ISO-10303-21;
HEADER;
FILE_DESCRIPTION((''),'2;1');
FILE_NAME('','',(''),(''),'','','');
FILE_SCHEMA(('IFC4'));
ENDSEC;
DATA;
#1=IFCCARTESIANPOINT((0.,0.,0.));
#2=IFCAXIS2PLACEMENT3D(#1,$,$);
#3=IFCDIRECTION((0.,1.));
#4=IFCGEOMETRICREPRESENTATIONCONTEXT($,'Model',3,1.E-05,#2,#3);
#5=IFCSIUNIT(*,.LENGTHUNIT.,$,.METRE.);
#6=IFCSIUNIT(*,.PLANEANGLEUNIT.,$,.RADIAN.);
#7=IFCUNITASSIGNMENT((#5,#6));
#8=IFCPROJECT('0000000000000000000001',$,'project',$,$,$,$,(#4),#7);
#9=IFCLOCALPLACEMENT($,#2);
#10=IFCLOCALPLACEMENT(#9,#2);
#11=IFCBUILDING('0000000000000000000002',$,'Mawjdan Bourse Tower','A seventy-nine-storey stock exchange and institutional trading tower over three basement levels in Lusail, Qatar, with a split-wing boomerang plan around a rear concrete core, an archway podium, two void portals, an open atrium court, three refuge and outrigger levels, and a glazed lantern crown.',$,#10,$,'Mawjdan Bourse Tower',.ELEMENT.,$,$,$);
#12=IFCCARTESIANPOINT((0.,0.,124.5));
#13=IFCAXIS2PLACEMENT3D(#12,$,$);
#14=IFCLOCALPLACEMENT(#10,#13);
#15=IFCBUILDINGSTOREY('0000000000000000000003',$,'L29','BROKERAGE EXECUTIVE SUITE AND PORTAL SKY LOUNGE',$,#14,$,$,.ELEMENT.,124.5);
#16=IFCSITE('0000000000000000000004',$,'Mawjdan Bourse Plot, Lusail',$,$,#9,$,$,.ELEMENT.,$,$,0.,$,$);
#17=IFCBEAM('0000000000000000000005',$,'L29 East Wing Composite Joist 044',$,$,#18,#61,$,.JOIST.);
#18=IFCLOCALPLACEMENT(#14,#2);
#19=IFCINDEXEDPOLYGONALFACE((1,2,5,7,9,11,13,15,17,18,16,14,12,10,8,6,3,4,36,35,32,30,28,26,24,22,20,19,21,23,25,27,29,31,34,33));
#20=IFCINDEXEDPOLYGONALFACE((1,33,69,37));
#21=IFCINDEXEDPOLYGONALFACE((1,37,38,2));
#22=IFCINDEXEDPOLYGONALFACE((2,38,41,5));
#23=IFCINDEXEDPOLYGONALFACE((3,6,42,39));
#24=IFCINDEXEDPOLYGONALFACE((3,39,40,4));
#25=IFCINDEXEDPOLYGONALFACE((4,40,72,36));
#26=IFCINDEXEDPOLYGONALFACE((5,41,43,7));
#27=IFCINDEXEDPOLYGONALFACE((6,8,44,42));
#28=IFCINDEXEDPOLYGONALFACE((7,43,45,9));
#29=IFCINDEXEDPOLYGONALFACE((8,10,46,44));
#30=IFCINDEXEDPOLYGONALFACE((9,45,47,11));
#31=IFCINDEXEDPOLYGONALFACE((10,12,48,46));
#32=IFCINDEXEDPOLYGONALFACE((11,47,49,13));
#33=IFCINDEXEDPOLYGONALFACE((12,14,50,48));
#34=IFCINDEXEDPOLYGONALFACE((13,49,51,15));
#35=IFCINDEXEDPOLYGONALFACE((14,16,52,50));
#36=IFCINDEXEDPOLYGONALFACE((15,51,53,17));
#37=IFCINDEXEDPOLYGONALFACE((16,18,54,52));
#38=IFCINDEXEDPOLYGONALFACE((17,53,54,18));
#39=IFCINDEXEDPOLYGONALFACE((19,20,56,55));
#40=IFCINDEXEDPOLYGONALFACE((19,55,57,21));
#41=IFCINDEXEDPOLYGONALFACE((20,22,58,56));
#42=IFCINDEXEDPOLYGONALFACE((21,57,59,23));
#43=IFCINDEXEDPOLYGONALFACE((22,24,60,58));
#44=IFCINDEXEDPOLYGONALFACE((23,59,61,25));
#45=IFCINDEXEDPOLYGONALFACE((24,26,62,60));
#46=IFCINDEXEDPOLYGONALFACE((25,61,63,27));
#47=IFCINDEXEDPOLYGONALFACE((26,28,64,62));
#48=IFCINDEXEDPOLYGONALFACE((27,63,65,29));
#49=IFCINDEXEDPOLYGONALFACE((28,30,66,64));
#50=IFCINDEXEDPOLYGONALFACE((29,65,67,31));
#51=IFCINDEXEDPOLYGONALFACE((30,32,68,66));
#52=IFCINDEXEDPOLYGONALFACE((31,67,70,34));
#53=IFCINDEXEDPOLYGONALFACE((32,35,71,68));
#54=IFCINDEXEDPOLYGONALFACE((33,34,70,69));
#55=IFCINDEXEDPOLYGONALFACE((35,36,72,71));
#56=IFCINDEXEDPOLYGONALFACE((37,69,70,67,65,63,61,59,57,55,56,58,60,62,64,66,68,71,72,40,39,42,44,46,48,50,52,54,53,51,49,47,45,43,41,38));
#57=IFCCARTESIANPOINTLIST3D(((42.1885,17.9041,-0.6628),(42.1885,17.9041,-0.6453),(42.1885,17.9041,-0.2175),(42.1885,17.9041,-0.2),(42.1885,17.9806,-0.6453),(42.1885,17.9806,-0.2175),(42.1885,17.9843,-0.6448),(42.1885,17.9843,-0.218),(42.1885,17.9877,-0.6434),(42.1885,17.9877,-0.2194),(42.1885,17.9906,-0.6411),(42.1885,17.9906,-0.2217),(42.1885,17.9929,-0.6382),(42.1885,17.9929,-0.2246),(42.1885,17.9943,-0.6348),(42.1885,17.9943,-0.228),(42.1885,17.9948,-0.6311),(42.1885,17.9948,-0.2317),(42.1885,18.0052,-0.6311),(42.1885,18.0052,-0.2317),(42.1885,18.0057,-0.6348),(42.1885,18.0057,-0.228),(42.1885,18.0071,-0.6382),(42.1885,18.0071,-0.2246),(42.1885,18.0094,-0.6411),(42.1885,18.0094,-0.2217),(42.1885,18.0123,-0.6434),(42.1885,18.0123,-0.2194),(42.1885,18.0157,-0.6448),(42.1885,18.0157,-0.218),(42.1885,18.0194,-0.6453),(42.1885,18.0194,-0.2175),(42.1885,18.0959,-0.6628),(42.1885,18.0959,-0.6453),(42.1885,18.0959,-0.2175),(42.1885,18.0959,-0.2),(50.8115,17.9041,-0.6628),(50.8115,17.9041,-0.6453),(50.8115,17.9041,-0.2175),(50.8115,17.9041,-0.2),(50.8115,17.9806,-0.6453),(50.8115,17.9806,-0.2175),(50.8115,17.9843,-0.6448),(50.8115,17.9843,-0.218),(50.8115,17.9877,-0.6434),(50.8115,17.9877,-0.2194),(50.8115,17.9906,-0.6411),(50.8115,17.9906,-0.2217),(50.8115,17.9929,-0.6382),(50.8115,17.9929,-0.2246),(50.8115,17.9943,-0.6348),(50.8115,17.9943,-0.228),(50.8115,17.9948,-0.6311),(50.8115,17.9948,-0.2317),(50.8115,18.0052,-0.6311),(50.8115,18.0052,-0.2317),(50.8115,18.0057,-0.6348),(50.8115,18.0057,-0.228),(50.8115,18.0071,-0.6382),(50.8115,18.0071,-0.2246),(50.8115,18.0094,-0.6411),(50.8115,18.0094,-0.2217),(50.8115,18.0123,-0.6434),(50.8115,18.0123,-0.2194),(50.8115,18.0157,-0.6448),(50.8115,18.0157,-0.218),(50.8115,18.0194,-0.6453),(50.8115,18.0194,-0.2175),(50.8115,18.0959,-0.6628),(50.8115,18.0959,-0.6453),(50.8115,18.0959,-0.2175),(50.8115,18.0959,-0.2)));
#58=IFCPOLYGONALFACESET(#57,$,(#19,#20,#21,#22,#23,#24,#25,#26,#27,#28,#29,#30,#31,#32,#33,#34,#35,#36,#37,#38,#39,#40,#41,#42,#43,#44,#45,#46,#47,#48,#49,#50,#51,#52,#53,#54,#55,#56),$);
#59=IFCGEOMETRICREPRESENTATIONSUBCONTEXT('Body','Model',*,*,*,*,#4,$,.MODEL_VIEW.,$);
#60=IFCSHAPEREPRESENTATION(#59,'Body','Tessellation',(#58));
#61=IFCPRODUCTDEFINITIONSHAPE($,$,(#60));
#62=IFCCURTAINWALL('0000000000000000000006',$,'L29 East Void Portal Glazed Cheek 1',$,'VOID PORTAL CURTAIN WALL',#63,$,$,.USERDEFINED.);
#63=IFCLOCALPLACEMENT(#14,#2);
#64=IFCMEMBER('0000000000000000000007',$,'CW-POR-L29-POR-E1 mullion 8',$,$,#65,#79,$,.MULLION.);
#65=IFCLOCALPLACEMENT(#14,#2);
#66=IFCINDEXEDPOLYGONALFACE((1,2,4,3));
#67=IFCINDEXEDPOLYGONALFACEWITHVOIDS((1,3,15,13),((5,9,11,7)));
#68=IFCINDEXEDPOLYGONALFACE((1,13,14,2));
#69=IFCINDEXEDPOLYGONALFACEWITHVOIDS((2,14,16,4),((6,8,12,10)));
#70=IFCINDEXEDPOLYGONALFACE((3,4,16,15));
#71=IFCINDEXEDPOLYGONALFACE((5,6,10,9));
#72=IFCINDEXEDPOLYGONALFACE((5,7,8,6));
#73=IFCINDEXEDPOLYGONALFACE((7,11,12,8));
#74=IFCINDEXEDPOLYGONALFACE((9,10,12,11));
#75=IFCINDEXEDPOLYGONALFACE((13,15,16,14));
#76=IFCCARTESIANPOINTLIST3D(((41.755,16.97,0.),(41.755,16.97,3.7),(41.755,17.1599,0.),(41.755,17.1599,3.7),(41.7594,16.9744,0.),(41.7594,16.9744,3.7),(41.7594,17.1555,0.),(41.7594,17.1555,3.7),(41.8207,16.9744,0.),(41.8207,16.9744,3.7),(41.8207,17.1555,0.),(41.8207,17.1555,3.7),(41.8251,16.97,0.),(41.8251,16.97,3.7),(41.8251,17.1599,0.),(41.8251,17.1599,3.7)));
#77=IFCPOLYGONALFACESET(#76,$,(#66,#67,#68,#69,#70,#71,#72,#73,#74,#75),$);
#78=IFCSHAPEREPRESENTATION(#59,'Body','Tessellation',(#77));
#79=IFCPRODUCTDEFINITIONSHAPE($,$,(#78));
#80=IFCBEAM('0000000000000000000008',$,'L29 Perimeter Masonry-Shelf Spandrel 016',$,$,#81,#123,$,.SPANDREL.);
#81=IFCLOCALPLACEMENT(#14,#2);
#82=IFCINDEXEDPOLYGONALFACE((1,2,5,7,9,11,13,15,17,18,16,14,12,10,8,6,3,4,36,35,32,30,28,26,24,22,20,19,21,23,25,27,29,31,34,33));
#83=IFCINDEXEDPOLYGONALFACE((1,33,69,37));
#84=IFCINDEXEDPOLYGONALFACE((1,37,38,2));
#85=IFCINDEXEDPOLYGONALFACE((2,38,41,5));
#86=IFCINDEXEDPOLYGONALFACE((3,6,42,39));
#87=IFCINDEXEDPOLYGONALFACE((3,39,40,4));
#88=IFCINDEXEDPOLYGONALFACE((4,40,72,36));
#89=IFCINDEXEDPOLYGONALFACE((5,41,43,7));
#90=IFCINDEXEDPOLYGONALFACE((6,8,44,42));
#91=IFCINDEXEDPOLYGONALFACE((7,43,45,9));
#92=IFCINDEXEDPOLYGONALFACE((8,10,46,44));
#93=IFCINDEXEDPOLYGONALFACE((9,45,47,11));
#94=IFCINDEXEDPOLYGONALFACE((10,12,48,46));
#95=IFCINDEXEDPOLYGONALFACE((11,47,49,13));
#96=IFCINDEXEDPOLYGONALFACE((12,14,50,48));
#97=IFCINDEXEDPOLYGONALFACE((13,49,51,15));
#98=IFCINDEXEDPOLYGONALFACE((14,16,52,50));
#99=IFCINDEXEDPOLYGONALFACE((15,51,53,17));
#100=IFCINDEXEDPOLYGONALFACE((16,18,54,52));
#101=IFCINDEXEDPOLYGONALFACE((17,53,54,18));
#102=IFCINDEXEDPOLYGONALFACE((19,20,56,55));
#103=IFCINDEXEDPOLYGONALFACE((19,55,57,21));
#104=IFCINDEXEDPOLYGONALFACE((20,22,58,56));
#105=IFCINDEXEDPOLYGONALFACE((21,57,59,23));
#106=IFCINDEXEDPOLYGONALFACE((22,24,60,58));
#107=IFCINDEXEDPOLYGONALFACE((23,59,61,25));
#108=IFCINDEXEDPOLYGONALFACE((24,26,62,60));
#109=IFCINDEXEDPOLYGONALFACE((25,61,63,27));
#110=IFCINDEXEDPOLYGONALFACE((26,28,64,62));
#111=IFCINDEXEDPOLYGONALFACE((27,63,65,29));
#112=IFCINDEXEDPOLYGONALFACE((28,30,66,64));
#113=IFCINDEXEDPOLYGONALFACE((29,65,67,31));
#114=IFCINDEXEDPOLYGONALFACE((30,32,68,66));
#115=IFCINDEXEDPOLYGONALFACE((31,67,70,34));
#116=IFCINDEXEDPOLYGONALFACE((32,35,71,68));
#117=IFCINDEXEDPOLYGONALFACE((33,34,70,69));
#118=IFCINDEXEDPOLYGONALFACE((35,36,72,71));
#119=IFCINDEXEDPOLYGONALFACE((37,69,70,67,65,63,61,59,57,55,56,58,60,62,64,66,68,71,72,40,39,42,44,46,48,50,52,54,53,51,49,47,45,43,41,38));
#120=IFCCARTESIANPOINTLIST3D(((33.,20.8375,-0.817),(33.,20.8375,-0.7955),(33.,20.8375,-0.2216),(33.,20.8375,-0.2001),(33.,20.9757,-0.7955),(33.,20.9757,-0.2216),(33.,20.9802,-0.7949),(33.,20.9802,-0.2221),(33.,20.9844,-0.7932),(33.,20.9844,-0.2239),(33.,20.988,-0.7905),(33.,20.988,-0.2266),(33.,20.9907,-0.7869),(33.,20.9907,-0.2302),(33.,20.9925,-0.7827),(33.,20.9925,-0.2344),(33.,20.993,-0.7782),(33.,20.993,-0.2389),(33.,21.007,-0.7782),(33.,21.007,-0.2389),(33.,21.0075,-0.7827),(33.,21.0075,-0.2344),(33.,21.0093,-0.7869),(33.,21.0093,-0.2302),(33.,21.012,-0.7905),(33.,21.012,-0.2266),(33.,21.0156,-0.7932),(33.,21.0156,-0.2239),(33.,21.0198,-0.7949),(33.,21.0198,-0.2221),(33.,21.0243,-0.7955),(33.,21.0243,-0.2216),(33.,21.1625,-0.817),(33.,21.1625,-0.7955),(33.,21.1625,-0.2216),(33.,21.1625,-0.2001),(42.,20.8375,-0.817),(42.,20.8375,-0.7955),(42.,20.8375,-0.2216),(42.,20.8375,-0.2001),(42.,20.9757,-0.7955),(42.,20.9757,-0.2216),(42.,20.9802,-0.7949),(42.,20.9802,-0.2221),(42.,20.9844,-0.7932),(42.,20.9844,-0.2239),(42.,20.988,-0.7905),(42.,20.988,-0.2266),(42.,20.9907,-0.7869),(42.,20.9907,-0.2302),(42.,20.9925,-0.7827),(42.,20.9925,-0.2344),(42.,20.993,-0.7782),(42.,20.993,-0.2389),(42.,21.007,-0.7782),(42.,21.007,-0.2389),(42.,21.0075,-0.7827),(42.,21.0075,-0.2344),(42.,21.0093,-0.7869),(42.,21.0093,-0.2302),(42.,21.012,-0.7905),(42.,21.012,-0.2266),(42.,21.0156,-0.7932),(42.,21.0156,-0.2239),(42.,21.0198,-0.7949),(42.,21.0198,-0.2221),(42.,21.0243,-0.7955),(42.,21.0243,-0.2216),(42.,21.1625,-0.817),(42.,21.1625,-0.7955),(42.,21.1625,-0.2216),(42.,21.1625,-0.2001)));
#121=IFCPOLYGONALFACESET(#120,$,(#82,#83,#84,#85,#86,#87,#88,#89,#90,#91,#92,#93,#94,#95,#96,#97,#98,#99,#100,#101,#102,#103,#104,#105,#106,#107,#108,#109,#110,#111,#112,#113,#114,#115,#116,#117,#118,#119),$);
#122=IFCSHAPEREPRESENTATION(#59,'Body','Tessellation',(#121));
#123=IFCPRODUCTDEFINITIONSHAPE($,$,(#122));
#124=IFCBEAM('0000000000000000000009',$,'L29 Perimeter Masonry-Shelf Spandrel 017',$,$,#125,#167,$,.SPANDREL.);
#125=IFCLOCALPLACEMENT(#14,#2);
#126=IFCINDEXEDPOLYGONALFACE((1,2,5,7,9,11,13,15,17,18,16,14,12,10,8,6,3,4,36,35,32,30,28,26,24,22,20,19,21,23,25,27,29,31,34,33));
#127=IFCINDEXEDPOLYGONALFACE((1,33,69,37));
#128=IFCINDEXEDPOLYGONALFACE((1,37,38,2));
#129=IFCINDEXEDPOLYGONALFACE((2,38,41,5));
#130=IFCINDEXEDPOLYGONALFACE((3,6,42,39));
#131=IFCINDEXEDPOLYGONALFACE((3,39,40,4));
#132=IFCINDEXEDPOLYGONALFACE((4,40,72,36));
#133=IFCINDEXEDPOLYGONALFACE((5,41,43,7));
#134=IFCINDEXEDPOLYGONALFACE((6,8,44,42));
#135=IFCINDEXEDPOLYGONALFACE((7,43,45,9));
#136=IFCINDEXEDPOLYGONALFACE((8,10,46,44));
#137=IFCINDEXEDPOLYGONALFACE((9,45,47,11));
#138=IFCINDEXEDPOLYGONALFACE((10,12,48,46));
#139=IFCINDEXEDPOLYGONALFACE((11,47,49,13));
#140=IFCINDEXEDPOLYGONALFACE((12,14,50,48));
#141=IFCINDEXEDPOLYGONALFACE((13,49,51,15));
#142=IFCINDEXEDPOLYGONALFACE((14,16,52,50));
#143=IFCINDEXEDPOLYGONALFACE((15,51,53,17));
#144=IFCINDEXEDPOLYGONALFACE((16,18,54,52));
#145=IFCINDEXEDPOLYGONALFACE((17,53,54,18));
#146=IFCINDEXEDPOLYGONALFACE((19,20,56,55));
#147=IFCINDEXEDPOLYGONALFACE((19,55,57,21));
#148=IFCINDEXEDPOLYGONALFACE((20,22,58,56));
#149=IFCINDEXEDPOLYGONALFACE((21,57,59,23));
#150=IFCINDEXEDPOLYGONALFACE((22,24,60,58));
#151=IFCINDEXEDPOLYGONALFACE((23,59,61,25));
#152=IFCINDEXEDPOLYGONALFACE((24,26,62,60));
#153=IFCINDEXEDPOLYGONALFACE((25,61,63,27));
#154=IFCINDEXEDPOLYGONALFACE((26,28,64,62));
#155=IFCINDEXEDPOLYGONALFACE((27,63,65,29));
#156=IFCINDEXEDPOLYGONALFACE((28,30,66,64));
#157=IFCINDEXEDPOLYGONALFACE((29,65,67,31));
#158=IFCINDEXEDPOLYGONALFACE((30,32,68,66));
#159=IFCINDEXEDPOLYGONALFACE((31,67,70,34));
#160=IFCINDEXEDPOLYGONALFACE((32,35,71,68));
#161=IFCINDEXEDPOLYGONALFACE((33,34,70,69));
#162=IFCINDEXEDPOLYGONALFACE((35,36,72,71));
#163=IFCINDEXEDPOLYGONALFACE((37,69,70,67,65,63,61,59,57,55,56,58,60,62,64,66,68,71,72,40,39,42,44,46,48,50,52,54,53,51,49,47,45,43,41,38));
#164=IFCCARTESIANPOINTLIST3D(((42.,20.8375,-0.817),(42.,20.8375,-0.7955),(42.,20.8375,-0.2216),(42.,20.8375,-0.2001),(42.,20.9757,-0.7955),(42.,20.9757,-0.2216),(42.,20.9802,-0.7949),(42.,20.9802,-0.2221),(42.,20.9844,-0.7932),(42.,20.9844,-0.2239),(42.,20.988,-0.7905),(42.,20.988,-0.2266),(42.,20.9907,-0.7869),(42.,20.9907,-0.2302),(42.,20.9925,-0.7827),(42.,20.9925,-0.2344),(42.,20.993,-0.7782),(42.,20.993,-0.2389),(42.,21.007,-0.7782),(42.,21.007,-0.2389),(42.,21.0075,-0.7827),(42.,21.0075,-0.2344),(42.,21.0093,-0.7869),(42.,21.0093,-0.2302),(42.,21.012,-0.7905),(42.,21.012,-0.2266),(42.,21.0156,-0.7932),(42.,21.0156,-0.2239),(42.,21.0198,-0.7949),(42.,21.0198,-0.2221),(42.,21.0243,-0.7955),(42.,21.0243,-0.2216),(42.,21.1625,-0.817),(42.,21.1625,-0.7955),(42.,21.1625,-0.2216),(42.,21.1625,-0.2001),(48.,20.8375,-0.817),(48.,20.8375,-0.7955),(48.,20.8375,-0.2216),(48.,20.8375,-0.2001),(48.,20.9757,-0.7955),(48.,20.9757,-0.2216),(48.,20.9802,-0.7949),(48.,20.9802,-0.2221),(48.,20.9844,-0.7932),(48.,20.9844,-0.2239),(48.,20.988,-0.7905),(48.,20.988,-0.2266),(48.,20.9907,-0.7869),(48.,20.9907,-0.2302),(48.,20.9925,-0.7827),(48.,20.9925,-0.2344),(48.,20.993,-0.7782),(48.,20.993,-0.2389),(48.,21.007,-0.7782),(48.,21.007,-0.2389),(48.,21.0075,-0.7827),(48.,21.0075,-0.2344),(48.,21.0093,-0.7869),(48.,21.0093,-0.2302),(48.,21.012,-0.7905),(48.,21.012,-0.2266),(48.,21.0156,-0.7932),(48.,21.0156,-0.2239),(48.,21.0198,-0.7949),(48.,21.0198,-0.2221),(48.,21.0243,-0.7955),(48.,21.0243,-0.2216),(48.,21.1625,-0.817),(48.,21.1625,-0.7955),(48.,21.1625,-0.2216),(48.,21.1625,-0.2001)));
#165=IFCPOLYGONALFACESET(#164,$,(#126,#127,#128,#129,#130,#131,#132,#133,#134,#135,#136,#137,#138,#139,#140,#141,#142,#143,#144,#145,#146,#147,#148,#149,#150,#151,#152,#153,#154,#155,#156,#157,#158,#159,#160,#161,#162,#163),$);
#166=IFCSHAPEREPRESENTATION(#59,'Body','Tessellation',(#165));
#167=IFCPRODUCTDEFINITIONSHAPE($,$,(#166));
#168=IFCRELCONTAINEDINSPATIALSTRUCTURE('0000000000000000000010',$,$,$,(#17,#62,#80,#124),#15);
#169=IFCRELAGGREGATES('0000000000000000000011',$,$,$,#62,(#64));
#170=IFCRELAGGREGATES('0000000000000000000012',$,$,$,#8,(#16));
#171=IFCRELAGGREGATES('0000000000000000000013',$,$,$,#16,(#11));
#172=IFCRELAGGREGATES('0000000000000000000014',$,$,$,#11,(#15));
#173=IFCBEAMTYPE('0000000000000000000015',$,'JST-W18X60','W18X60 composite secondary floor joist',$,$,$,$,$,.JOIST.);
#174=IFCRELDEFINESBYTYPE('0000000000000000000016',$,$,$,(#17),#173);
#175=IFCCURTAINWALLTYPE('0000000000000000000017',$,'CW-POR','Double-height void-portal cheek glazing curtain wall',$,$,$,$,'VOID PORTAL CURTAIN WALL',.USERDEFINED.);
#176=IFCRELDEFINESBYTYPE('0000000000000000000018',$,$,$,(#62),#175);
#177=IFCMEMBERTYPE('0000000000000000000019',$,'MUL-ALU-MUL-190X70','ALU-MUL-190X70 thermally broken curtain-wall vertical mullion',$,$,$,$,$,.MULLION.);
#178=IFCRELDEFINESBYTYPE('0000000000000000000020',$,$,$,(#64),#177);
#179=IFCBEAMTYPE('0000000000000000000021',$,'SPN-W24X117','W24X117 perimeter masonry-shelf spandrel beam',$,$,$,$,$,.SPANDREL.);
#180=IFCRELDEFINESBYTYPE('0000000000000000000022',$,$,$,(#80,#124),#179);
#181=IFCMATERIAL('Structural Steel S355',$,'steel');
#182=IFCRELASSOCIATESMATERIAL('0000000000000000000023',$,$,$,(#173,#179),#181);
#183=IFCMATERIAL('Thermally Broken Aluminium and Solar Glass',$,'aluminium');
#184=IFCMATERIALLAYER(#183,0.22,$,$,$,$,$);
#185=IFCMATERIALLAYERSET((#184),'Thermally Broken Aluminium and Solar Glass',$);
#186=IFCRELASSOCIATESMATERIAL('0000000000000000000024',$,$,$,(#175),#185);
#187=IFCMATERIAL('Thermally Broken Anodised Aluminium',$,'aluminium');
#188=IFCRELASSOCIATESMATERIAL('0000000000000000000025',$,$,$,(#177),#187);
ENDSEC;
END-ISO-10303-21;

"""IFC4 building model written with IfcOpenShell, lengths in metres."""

from ifc_helpers import new_model, si_unit, direction, frame, origin, origin_2d, place, context, subcontext, project, spatial, hollow_rectangle, i_section, extrude, material, layer, layer_set, material_profile, profile_set, type_object, element, aggregate, save


model = new_model("IFC4")

# Units and contexts
model_context = context("Model", 3, precision=1e-05, world=origin(), true_north=direction((0.0, 1.0)))
body_context = subcontext(model_context, "Body", "Model", "MODEL_VIEW")
ifc_project = project(units=[si_unit("LENGTHUNIT", "METRE"), si_unit("PLANEANGLEUNIT", "RADIAN")], contexts=[model_context])

# Site, building, storey
site_placement = place(None, origin())
site = spatial("IfcSite", under=ifc_project, at=site_placement, Name="Mawjdan Bourse Plot, Lusail", CompositionType="ELEMENT", RefElevation=0.0)
building_placement = place(site_placement, origin())
building = spatial("IfcBuilding", under=site, at=building_placement, Name="Mawjdan Bourse Tower", Description="A seventy-nine-storey stock exchange and institutional trading tower over three basement levels in Lusail, Qatar, with a split-wing boomerang plan around a rear concrete core, an archway podium, two void portals, an open atrium court, three refuge and outrigger levels, and a glazed lantern crown.", LongName="Mawjdan Bourse Tower", CompositionType="ELEMENT")
storey_placement = place(building_placement, frame((0.0, 0.0, 124.5)))
storey = spatial("IfcBuildingStorey", under=building, at=storey_placement, Name="L29", Description="BROKERAGE EXECUTIVE SUITE AND PORTAL SKY LOUNGE", CompositionType="ELEMENT", Elevation=124.5)

# Beam
ifc_material_1 = material(Name="Structural Steel S355", Category="steel")
ifc_material_profile_1 = material_profile(ifc_material_1, i_section(OverallWidth=0.1919, OverallDepth=0.4629, WebThickness=0.0105, FlangeThickness=0.0176, FilletRadius=0.0142, at=origin_2d()), Name="W18X60")
ifc_profile_set_1 = profile_set([ifc_material_profile_1], Name="Structural Steel S355")
beam_type_1 = type_object("IfcBeamType", Name="JST-W18X60", Description="W18X60 composite secondary floor joist", PredefinedType="JOIST", material=ifc_profile_set_1)
for number, where, z_axis, x_axis, name in (
    (1, (42.1885, 18.0, -0.4314), (1.0, 0.0, 0.0), (0.0, 1.0, 0.0), "L29 East Wing Composite Joist 044"),
):
    element("IfcBeam", number, at=place(storey_placement, frame(where, z_axis=z_axis, x_axis=x_axis)), inside=storey, type_object=beam_type_1, Name=name, PredefinedType="JOIST", context=body_context, shape_type="SweptSolid", body=[
        extrude(i_section(OverallWidth=0.1919, OverallDepth=0.4629, WebThickness=0.0105, FlangeThickness=0.0176, FilletRadius=0.0142, at=origin_2d()), origin(), (0.0, 0.0, 1.0), 8.623),
    ])

# Curtain wall, member
ifc_material_2 = material(Name="Thermally Broken Aluminium and Solar Glass", Category="aluminium")
ifc_layer_1 = layer(ifc_material_2, 0.22)
ifc_layer_set_1 = layer_set([ifc_layer_1], Name="Thermally Broken Aluminium and Solar Glass")
curtain_wall_type = type_object("IfcCurtainWallType", Name="CW-POR", Description="Double-height void-portal cheek glazing curtain wall", ElementType="VOID PORTAL CURTAIN WALL", PredefinedType="USERDEFINED", material=ifc_layer_set_1)
curtain_wall_placement = place(storey_placement, origin())
curtain_wall = element("IfcCurtainWall", 2, at=curtain_wall_placement, inside=storey, type_object=curtain_wall_type, Name="L29 East Void Portal Glazed Cheek 1", ObjectType="VOID PORTAL CURTAIN WALL", PredefinedType="USERDEFINED")
ifc_material_3 = material(Name="Thermally Broken Anodised Aluminium", Category="aluminium")
ifc_material_profile_2 = material_profile(ifc_material_3, hollow_rectangle(XDim=0.0701, YDim=0.1899, WallThickness=0.0044, at=origin_2d()), Name="ALU-MUL-190X70")
ifc_profile_set_2 = profile_set([ifc_material_profile_2], Name="Thermally Broken Anodised Aluminium")
member_type = type_object("IfcMemberType", Name="MUL-ALU-MUL-190X70", Description="ALU-MUL-190X70 thermally broken curtain-wall vertical mullion", PredefinedType="MULLION", material=ifc_profile_set_2)
member_placement = place(storey_placement, frame((41.79, 17.0649, 0.0), z_axis=(0.0, 0.0, 1.0), x_axis=(-1.0, 0.0, 0.0)))
member = element("IfcMember", 3, at=member_placement, type_object=member_type, Name="CW-POR-L29-POR-E1 mullion 8", PredefinedType="MULLION", context=body_context, shape_type="SweptSolid", body=[
    extrude(hollow_rectangle(XDim=0.0701, YDim=0.1899, WallThickness=0.0044, at=origin_2d()), origin(), (0.0, 0.0, 1.0), 3.7),
])
aggregate(curtain_wall, [member])

# Beams
ifc_material_profile_3 = material_profile(ifc_material_1, i_section(OverallWidth=0.325, OverallDepth=0.6169, WebThickness=0.0139, FlangeThickness=0.0215, FilletRadius=0.0173, at=origin_2d()), Name="W24X117")
ifc_profile_set_3 = profile_set([ifc_material_profile_3], Name="Structural Steel S355")
beam_type_2 = type_object("IfcBeamType", Name="SPN-W24X117", Description="W24X117 perimeter masonry-shelf spandrel beam", PredefinedType="SPANDREL", material=ifc_profile_set_3)
beam_1_placement = place(storey_placement, frame((33.0, 21.0, -0.5085), z_axis=(1.0, 0.0, 0.0), x_axis=(0.0, 1.0, 0.0)))
element("IfcBeam", 4, at=beam_1_placement, inside=storey, type_object=beam_type_2, Name="L29 Perimeter Masonry-Shelf Spandrel 016", PredefinedType="SPANDREL", context=body_context, shape_type="SweptSolid", body=[
    extrude(i_section(OverallWidth=0.325, OverallDepth=0.6169, WebThickness=0.0139, FlangeThickness=0.0215, FilletRadius=0.0173, at=origin_2d()), origin(), (0.0, 0.0, 1.0), 9.0),
])
beam_2_placement = place(storey_placement, frame((42.0, 21.0, -0.5085), z_axis=(1.0, 0.0, 0.0), x_axis=(0.0, 1.0, 0.0)))
element("IfcBeam", 5, at=beam_2_placement, inside=storey, type_object=beam_type_2, Name="L29 Perimeter Masonry-Shelf Spandrel 017", PredefinedType="SPANDREL", context=body_context, shape_type="SweptSolid", body=[
    extrude(i_section(OverallWidth=0.325, OverallDepth=0.6169, WebThickness=0.0139, FlangeThickness=0.0215, FilletRadius=0.0173, at=origin_2d()), origin(), (0.0, 0.0, 1.0), 6.0),
])

save(model, "model.ifc")
